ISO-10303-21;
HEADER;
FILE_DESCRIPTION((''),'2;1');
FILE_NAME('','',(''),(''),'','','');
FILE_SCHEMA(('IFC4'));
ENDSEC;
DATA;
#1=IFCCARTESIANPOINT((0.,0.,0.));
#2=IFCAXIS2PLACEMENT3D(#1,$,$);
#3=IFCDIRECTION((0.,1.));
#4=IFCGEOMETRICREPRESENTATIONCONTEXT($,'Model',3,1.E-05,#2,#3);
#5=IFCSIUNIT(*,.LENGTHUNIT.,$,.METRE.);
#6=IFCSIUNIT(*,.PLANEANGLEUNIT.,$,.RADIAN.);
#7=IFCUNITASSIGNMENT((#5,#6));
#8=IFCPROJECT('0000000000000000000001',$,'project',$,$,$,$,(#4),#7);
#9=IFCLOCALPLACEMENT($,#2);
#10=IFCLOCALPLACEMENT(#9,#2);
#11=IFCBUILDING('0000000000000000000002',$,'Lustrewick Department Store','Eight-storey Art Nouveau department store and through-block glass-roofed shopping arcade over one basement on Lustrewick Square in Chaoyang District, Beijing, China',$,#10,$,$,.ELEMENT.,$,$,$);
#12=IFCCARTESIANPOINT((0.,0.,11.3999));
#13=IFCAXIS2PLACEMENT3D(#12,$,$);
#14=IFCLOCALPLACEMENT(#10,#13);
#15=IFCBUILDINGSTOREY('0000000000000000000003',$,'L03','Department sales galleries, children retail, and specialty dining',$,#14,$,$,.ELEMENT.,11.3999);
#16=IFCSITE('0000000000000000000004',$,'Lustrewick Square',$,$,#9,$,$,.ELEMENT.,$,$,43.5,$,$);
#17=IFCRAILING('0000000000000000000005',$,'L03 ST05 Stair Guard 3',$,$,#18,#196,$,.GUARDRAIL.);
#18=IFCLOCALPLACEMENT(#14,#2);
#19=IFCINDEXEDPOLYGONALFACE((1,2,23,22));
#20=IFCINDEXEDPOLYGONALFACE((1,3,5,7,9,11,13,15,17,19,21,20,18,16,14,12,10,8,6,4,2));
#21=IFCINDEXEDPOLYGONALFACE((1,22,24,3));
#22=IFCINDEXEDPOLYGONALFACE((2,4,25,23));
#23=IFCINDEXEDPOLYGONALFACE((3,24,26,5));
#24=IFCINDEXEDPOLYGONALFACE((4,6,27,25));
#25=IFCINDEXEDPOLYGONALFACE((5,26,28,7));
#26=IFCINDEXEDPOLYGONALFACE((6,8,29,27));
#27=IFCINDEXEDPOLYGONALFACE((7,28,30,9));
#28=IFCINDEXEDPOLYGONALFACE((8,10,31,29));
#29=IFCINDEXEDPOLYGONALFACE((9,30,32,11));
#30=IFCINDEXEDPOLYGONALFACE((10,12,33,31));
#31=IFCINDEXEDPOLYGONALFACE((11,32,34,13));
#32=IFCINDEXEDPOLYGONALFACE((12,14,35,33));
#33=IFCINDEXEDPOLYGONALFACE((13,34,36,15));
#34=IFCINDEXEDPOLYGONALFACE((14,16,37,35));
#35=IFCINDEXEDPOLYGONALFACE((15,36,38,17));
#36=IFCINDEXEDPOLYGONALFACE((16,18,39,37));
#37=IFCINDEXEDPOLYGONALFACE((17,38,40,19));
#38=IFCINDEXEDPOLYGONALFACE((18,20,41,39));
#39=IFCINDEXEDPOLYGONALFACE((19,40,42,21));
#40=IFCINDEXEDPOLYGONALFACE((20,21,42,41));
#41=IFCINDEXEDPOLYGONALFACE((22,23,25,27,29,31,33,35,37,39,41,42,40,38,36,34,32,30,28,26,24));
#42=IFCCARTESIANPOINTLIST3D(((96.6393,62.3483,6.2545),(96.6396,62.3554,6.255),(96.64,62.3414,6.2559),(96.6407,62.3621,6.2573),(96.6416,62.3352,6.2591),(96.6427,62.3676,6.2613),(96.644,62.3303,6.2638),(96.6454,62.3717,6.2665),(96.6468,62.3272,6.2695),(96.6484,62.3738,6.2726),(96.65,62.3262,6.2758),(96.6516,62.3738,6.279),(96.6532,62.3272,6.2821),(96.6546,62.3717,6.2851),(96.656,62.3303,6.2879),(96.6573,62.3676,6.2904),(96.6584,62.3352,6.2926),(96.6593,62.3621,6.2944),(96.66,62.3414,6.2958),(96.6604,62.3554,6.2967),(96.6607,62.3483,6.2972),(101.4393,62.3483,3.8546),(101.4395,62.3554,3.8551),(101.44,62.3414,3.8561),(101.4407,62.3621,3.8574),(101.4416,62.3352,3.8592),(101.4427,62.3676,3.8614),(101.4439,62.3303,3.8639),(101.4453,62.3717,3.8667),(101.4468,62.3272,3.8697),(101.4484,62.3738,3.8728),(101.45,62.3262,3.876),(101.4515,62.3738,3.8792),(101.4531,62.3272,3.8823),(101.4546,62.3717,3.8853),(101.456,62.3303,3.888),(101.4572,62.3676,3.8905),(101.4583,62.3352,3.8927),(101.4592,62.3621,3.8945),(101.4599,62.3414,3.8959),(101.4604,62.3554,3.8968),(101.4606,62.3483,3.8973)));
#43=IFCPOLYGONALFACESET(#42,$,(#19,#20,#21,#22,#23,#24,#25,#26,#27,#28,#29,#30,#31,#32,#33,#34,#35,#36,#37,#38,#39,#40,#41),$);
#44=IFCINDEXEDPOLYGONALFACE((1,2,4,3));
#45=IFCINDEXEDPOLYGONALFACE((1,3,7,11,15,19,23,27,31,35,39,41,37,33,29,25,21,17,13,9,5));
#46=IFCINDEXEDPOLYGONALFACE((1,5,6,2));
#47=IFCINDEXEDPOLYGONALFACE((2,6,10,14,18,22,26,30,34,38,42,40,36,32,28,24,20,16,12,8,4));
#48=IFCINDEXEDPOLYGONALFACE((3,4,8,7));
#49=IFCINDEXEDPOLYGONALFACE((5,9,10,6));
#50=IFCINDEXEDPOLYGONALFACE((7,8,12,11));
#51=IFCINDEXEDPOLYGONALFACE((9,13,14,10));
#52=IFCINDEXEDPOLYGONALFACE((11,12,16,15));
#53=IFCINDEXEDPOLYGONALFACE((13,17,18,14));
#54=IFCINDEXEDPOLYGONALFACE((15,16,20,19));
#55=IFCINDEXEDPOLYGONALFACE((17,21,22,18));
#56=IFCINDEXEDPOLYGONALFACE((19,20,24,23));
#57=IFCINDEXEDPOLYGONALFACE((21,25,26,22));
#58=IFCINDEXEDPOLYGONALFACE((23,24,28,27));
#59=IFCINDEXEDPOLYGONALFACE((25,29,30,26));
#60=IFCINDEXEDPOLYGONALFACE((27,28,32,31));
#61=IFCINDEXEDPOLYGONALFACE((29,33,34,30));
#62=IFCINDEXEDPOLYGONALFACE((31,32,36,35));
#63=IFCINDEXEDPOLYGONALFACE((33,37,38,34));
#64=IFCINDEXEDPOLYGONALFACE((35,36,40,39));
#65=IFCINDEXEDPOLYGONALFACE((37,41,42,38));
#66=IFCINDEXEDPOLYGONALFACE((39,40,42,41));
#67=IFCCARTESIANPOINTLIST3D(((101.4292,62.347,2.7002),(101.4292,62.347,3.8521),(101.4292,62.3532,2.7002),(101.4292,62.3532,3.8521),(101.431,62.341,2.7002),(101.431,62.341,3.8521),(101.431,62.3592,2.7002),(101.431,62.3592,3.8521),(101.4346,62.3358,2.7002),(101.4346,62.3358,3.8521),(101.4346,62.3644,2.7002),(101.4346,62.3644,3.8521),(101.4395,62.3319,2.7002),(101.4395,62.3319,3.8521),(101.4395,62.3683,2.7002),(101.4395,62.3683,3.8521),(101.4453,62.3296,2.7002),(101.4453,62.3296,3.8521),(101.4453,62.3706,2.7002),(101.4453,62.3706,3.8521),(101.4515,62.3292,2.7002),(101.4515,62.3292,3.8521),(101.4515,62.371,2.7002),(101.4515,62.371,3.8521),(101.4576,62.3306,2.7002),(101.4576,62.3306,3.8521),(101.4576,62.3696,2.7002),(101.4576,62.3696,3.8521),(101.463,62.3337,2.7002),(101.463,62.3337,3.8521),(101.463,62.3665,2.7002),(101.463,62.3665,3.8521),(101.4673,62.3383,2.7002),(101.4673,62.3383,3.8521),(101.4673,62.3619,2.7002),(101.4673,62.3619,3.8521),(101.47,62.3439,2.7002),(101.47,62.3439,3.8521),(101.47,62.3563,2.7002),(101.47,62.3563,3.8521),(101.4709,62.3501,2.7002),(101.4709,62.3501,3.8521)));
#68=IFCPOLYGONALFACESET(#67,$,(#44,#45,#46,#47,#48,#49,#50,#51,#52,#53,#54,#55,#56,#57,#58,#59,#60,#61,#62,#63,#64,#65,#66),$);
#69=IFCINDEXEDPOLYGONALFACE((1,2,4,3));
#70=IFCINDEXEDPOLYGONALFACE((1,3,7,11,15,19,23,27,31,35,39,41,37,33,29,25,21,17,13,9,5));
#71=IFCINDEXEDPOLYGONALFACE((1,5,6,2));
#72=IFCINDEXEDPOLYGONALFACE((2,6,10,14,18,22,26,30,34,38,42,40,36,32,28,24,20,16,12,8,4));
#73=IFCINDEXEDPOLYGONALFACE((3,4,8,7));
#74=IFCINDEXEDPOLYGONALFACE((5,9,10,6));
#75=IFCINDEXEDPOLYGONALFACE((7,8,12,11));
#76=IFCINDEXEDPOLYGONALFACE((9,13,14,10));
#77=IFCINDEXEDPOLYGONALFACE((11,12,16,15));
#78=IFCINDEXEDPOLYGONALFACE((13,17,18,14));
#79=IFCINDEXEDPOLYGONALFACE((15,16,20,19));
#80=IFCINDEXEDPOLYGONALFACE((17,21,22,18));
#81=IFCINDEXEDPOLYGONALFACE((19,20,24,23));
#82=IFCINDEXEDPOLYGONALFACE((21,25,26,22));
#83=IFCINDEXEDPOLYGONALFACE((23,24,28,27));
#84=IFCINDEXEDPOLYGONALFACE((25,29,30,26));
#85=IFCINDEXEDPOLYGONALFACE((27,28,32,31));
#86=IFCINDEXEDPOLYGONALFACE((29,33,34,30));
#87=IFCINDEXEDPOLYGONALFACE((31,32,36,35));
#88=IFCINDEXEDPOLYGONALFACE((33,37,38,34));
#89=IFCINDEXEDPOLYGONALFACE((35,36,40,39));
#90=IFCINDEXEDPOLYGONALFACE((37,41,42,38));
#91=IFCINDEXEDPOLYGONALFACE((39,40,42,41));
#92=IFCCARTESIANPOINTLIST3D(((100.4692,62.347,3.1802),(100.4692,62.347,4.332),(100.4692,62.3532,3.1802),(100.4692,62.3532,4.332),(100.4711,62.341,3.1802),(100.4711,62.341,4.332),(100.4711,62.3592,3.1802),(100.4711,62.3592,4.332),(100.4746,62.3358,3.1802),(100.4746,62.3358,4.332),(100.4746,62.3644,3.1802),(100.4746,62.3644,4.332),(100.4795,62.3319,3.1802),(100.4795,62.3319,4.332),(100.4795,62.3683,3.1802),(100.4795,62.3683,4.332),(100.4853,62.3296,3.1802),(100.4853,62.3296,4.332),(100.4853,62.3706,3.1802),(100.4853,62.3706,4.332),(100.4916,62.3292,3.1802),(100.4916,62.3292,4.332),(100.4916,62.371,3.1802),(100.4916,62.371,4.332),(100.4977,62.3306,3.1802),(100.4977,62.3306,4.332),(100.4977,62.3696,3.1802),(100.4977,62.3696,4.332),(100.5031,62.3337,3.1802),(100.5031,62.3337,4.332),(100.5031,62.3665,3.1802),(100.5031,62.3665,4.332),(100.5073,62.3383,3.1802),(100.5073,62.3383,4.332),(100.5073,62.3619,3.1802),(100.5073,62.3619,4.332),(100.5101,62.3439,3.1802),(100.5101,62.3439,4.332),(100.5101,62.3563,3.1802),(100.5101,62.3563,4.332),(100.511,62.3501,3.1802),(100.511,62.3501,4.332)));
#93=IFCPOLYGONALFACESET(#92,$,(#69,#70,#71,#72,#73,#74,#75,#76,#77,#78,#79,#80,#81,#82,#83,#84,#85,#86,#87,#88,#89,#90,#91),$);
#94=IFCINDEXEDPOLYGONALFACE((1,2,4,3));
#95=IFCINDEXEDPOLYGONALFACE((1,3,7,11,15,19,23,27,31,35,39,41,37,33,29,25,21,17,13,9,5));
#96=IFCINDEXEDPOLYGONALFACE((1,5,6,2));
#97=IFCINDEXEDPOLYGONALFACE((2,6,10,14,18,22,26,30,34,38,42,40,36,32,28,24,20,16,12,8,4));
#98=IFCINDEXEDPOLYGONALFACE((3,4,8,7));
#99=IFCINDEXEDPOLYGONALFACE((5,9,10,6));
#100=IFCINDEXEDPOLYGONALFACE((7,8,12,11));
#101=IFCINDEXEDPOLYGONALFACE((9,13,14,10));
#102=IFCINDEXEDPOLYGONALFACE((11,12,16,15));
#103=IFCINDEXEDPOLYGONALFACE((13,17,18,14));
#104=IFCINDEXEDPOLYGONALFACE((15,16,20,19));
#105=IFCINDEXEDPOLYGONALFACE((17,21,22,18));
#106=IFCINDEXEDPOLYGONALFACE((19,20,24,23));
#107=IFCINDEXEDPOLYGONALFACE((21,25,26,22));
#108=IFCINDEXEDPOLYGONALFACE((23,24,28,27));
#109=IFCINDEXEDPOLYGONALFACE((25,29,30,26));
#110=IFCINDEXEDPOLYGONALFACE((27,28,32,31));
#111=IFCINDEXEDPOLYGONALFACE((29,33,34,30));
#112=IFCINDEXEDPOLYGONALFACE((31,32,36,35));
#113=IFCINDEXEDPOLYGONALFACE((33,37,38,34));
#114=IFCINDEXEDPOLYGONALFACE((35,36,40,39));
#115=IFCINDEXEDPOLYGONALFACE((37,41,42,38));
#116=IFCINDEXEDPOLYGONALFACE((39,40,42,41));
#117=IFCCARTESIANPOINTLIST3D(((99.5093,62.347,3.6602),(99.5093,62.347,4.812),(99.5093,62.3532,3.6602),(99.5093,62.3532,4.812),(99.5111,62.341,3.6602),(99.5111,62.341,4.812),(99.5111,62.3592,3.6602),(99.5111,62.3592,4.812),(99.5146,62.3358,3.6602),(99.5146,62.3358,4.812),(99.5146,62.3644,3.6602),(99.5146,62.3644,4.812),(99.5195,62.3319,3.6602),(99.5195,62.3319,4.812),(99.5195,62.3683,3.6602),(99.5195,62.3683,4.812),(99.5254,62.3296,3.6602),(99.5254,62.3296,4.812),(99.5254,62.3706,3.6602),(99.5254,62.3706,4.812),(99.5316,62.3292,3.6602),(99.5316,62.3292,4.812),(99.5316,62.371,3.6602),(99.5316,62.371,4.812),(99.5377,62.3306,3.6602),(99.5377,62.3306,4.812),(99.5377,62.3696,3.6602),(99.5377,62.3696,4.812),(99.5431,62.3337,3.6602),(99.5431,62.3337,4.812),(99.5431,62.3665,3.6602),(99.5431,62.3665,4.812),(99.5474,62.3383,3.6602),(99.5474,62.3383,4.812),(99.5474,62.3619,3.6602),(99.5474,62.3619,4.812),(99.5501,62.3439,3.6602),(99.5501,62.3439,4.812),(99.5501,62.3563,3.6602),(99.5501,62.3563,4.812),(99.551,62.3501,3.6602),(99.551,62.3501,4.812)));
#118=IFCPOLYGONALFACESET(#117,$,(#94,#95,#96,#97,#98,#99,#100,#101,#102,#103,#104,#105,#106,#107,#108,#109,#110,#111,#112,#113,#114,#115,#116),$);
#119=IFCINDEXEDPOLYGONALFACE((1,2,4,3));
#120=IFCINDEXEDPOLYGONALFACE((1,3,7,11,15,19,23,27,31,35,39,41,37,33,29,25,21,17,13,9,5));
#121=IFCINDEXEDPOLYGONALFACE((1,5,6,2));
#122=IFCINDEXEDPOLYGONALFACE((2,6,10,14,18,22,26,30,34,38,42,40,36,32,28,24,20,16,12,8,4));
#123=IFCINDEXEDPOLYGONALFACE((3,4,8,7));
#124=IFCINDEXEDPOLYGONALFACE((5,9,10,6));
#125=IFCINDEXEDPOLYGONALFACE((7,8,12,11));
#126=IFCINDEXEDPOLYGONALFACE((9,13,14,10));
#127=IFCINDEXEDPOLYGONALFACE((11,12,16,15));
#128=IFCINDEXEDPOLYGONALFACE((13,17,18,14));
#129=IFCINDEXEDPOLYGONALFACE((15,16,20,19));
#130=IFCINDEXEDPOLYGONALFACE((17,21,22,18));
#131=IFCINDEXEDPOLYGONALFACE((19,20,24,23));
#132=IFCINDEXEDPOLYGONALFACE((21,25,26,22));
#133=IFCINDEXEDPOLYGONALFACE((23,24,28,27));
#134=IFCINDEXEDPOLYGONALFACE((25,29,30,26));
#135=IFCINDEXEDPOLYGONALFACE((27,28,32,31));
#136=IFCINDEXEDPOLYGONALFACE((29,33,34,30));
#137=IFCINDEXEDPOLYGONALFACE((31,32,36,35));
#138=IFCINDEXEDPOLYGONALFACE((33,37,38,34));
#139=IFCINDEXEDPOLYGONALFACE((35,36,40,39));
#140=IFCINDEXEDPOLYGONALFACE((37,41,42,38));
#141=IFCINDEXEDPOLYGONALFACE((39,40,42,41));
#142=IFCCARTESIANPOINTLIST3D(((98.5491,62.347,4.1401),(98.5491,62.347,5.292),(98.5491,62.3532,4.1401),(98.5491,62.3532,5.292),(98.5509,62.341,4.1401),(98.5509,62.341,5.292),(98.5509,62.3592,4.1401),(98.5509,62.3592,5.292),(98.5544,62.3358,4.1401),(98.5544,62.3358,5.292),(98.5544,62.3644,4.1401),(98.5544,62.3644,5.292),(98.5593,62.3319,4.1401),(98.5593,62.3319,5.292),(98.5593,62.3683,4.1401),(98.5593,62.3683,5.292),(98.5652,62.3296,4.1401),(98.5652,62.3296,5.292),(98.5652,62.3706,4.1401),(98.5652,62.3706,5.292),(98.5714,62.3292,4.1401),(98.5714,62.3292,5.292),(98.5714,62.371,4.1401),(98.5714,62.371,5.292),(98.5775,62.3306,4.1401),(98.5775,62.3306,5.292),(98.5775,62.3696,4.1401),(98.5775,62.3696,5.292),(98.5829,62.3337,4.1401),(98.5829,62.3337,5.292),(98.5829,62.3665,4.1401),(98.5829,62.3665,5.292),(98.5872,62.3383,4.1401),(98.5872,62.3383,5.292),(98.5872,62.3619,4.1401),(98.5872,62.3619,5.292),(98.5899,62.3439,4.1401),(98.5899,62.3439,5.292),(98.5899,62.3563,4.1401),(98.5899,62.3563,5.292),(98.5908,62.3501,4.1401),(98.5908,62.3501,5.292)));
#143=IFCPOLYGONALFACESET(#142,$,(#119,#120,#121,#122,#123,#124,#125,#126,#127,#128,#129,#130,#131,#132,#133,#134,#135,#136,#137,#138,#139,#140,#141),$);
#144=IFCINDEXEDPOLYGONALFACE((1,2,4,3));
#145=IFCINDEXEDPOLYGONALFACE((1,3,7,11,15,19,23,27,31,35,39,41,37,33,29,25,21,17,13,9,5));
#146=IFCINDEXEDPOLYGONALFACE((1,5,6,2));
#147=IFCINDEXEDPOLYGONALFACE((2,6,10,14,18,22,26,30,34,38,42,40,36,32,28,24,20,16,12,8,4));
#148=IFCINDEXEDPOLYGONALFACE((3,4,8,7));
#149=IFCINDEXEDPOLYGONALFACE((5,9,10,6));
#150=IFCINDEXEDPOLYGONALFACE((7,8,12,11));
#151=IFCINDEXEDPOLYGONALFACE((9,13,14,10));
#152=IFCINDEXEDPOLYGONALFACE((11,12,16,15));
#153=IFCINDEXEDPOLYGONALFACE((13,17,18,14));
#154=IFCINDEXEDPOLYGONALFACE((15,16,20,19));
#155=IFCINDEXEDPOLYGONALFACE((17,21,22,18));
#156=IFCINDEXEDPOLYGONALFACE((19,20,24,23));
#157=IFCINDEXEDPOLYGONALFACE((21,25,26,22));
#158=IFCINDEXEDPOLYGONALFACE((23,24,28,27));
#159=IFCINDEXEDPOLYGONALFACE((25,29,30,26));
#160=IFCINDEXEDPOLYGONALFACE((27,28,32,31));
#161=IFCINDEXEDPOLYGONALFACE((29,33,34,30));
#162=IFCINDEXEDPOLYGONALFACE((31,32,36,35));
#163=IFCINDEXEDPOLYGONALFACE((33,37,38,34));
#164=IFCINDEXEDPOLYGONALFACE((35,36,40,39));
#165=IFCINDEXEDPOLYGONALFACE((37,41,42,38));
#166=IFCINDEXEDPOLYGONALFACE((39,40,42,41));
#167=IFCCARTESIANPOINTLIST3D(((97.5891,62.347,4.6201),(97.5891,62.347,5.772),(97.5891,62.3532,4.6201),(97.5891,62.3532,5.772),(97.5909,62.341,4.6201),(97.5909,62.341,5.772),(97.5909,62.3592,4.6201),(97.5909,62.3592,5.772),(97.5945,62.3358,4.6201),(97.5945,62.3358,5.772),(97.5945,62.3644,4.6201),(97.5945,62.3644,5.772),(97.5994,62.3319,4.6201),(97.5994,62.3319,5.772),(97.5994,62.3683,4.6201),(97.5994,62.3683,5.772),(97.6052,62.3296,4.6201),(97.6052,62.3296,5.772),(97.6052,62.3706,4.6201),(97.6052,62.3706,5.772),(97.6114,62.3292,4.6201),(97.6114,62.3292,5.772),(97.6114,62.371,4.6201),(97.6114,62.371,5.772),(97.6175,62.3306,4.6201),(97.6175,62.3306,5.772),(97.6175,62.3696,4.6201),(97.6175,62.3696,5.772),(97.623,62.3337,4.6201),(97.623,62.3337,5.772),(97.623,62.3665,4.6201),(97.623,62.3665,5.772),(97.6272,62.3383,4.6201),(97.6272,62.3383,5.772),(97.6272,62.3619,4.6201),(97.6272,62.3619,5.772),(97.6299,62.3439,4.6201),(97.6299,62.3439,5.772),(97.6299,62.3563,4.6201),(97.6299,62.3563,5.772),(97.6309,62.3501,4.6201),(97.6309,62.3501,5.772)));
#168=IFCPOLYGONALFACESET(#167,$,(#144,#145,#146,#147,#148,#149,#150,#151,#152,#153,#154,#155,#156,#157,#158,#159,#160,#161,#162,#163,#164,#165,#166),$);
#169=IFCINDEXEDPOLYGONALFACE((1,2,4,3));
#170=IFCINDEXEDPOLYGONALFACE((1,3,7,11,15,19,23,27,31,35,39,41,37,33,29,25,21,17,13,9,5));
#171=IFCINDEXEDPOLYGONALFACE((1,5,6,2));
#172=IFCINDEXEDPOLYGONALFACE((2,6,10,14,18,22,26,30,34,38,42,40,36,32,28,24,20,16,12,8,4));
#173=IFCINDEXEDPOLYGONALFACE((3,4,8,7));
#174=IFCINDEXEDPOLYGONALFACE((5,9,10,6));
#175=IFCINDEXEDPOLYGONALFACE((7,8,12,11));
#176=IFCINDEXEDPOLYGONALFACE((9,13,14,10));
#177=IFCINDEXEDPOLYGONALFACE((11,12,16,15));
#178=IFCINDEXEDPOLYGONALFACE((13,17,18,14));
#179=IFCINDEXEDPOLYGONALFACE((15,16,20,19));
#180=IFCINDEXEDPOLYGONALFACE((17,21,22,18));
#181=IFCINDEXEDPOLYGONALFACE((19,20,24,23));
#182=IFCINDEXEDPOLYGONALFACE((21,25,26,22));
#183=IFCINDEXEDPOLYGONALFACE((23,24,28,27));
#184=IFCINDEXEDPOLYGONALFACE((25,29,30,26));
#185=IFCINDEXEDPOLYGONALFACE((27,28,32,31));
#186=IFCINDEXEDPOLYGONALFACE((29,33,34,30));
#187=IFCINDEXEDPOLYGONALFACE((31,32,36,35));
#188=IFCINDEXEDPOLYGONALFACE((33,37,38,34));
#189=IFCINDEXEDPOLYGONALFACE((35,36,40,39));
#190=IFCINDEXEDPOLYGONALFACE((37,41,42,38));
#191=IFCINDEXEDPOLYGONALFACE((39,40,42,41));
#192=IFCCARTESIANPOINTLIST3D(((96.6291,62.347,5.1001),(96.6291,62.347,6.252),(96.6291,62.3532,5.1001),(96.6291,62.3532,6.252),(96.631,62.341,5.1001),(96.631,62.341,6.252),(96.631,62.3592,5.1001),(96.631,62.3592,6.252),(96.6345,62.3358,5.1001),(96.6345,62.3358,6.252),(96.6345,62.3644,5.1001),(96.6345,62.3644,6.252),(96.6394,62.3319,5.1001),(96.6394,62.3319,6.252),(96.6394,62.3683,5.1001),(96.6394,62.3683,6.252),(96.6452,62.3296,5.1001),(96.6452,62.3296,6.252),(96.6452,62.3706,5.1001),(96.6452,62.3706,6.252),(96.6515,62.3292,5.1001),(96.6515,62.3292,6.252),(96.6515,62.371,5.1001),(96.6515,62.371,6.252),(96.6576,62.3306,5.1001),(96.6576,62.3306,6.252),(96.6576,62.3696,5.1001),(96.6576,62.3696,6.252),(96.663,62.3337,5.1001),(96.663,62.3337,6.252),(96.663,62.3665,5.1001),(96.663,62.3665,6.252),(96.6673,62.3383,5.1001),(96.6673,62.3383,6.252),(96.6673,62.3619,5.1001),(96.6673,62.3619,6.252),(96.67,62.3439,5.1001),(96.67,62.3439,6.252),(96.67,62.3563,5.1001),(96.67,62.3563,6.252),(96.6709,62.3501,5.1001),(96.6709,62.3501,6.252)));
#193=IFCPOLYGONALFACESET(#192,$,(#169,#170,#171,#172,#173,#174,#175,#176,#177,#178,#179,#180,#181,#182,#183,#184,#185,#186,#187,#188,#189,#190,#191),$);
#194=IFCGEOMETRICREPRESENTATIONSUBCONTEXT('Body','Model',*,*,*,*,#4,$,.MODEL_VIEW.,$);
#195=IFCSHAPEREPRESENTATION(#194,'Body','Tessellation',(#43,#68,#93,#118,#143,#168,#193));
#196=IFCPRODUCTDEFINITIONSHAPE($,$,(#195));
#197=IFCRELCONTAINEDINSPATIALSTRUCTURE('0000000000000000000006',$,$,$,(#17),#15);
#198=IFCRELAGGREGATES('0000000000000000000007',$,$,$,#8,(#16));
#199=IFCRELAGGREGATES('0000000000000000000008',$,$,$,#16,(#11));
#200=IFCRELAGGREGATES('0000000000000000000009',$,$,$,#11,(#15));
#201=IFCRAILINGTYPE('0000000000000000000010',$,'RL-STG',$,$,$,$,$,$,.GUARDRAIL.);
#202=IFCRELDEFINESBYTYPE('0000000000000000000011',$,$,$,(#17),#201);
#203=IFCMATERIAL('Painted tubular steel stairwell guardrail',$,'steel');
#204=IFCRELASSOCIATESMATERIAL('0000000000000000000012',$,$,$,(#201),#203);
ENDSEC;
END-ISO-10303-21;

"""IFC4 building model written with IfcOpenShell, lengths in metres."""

from ifc_helpers import new_model, si_unit, direction, frame, origin, origin_2d, place, context, subcontext, project, spatial, circle, extrude, material, type_object, element, save


model = new_model("IFC4")

# Units and contexts
model_context = context("Model", 3, precision=1e-05, world=origin(), true_north=direction((0.0, 1.0)))
body_context = subcontext(model_context, "Body", "Model", "MODEL_VIEW")
ifc_project = project(units=[si_unit("LENGTHUNIT", "METRE"), si_unit("PLANEANGLEUNIT", "RADIAN")], contexts=[model_context])

# Site, building, storey
site_placement = place(None, origin())
site = spatial("IfcSite", under=ifc_project, at=site_placement, Name="Lustrewick Square", CompositionType="ELEMENT", RefElevation=43.5)
building_placement = place(site_placement, origin())
building = spatial("IfcBuilding", under=site, at=building_placement, Name="Lustrewick Department Store", Description="Eight-storey Art Nouveau department store and through-block glass-roofed shopping arcade over one basement on Lustrewick Square in Chaoyang District, Beijing, China", CompositionType="ELEMENT")
storey_placement = place(building_placement, frame((0.0, 0.0, 11.3999)))
storey = spatial("IfcBuildingStorey", under=building, at=storey_placement, Name="L03", Description="Department sales galleries, children retail, and specialty dining", CompositionType="ELEMENT", Elevation=11.3999)

# Railing
ifc_material_1 = material(Name="Painted tubular steel stairwell guardrail", Category="steel")
railing_type_1 = type_object("IfcRailingType", Name="RL-STG", PredefinedType="GUARDRAIL", material=ifc_material_1)
railing_1_placement = place(storey_placement, frame((101.45, 62.3501, 2.7002)))
element("IfcRailing", 1, at=railing_1_placement, inside=storey, type_object=railing_type_1, Name="L03 ST05 Stair Guard 3", PredefinedType="GUARDRAIL", context=body_context, shape_type="SweptSolid", body=[
    extrude(circle(Radius=0.0239, at=origin_2d()), frame((0.0, 0.0, 1.1758), z_axis=(-0.894436, 0.0, 0.447195), x_axis=(0.0, -1.0, 0.0)), (0.0, 0.0, 1.0), 5.3665),
    extrude(circle(Radius=0.021, at=origin_2d()), origin(), (0.0, 0.0, 1.0), 1.1519),
    extrude(circle(Radius=0.021, at=origin_2d()), frame((-0.96, 0.0, 0.48)), (0.0, 0.0, 1.0), 1.1519),
    extrude(circle(Radius=0.021, at=origin_2d()), frame((-1.9199, 0.0, 0.96)), (0.0, 0.0, 1.0), 1.1519),
    extrude(circle(Radius=0.021, at=origin_2d()), frame((-2.8801, 0.0, 1.4399)), (0.0, 0.0, 1.0), 1.1519),
    extrude(circle(Radius=0.021, at=origin_2d()), frame((-3.8401, 0.0, 1.9199)), (0.0, 0.0, 1.0), 1.1519),
    extrude(circle(Radius=0.021, at=origin_2d()), frame((-4.8, 0.0, 2.3999)), (0.0, 0.0, 1.0), 1.1519),
])

save(model, "model.ifc")
